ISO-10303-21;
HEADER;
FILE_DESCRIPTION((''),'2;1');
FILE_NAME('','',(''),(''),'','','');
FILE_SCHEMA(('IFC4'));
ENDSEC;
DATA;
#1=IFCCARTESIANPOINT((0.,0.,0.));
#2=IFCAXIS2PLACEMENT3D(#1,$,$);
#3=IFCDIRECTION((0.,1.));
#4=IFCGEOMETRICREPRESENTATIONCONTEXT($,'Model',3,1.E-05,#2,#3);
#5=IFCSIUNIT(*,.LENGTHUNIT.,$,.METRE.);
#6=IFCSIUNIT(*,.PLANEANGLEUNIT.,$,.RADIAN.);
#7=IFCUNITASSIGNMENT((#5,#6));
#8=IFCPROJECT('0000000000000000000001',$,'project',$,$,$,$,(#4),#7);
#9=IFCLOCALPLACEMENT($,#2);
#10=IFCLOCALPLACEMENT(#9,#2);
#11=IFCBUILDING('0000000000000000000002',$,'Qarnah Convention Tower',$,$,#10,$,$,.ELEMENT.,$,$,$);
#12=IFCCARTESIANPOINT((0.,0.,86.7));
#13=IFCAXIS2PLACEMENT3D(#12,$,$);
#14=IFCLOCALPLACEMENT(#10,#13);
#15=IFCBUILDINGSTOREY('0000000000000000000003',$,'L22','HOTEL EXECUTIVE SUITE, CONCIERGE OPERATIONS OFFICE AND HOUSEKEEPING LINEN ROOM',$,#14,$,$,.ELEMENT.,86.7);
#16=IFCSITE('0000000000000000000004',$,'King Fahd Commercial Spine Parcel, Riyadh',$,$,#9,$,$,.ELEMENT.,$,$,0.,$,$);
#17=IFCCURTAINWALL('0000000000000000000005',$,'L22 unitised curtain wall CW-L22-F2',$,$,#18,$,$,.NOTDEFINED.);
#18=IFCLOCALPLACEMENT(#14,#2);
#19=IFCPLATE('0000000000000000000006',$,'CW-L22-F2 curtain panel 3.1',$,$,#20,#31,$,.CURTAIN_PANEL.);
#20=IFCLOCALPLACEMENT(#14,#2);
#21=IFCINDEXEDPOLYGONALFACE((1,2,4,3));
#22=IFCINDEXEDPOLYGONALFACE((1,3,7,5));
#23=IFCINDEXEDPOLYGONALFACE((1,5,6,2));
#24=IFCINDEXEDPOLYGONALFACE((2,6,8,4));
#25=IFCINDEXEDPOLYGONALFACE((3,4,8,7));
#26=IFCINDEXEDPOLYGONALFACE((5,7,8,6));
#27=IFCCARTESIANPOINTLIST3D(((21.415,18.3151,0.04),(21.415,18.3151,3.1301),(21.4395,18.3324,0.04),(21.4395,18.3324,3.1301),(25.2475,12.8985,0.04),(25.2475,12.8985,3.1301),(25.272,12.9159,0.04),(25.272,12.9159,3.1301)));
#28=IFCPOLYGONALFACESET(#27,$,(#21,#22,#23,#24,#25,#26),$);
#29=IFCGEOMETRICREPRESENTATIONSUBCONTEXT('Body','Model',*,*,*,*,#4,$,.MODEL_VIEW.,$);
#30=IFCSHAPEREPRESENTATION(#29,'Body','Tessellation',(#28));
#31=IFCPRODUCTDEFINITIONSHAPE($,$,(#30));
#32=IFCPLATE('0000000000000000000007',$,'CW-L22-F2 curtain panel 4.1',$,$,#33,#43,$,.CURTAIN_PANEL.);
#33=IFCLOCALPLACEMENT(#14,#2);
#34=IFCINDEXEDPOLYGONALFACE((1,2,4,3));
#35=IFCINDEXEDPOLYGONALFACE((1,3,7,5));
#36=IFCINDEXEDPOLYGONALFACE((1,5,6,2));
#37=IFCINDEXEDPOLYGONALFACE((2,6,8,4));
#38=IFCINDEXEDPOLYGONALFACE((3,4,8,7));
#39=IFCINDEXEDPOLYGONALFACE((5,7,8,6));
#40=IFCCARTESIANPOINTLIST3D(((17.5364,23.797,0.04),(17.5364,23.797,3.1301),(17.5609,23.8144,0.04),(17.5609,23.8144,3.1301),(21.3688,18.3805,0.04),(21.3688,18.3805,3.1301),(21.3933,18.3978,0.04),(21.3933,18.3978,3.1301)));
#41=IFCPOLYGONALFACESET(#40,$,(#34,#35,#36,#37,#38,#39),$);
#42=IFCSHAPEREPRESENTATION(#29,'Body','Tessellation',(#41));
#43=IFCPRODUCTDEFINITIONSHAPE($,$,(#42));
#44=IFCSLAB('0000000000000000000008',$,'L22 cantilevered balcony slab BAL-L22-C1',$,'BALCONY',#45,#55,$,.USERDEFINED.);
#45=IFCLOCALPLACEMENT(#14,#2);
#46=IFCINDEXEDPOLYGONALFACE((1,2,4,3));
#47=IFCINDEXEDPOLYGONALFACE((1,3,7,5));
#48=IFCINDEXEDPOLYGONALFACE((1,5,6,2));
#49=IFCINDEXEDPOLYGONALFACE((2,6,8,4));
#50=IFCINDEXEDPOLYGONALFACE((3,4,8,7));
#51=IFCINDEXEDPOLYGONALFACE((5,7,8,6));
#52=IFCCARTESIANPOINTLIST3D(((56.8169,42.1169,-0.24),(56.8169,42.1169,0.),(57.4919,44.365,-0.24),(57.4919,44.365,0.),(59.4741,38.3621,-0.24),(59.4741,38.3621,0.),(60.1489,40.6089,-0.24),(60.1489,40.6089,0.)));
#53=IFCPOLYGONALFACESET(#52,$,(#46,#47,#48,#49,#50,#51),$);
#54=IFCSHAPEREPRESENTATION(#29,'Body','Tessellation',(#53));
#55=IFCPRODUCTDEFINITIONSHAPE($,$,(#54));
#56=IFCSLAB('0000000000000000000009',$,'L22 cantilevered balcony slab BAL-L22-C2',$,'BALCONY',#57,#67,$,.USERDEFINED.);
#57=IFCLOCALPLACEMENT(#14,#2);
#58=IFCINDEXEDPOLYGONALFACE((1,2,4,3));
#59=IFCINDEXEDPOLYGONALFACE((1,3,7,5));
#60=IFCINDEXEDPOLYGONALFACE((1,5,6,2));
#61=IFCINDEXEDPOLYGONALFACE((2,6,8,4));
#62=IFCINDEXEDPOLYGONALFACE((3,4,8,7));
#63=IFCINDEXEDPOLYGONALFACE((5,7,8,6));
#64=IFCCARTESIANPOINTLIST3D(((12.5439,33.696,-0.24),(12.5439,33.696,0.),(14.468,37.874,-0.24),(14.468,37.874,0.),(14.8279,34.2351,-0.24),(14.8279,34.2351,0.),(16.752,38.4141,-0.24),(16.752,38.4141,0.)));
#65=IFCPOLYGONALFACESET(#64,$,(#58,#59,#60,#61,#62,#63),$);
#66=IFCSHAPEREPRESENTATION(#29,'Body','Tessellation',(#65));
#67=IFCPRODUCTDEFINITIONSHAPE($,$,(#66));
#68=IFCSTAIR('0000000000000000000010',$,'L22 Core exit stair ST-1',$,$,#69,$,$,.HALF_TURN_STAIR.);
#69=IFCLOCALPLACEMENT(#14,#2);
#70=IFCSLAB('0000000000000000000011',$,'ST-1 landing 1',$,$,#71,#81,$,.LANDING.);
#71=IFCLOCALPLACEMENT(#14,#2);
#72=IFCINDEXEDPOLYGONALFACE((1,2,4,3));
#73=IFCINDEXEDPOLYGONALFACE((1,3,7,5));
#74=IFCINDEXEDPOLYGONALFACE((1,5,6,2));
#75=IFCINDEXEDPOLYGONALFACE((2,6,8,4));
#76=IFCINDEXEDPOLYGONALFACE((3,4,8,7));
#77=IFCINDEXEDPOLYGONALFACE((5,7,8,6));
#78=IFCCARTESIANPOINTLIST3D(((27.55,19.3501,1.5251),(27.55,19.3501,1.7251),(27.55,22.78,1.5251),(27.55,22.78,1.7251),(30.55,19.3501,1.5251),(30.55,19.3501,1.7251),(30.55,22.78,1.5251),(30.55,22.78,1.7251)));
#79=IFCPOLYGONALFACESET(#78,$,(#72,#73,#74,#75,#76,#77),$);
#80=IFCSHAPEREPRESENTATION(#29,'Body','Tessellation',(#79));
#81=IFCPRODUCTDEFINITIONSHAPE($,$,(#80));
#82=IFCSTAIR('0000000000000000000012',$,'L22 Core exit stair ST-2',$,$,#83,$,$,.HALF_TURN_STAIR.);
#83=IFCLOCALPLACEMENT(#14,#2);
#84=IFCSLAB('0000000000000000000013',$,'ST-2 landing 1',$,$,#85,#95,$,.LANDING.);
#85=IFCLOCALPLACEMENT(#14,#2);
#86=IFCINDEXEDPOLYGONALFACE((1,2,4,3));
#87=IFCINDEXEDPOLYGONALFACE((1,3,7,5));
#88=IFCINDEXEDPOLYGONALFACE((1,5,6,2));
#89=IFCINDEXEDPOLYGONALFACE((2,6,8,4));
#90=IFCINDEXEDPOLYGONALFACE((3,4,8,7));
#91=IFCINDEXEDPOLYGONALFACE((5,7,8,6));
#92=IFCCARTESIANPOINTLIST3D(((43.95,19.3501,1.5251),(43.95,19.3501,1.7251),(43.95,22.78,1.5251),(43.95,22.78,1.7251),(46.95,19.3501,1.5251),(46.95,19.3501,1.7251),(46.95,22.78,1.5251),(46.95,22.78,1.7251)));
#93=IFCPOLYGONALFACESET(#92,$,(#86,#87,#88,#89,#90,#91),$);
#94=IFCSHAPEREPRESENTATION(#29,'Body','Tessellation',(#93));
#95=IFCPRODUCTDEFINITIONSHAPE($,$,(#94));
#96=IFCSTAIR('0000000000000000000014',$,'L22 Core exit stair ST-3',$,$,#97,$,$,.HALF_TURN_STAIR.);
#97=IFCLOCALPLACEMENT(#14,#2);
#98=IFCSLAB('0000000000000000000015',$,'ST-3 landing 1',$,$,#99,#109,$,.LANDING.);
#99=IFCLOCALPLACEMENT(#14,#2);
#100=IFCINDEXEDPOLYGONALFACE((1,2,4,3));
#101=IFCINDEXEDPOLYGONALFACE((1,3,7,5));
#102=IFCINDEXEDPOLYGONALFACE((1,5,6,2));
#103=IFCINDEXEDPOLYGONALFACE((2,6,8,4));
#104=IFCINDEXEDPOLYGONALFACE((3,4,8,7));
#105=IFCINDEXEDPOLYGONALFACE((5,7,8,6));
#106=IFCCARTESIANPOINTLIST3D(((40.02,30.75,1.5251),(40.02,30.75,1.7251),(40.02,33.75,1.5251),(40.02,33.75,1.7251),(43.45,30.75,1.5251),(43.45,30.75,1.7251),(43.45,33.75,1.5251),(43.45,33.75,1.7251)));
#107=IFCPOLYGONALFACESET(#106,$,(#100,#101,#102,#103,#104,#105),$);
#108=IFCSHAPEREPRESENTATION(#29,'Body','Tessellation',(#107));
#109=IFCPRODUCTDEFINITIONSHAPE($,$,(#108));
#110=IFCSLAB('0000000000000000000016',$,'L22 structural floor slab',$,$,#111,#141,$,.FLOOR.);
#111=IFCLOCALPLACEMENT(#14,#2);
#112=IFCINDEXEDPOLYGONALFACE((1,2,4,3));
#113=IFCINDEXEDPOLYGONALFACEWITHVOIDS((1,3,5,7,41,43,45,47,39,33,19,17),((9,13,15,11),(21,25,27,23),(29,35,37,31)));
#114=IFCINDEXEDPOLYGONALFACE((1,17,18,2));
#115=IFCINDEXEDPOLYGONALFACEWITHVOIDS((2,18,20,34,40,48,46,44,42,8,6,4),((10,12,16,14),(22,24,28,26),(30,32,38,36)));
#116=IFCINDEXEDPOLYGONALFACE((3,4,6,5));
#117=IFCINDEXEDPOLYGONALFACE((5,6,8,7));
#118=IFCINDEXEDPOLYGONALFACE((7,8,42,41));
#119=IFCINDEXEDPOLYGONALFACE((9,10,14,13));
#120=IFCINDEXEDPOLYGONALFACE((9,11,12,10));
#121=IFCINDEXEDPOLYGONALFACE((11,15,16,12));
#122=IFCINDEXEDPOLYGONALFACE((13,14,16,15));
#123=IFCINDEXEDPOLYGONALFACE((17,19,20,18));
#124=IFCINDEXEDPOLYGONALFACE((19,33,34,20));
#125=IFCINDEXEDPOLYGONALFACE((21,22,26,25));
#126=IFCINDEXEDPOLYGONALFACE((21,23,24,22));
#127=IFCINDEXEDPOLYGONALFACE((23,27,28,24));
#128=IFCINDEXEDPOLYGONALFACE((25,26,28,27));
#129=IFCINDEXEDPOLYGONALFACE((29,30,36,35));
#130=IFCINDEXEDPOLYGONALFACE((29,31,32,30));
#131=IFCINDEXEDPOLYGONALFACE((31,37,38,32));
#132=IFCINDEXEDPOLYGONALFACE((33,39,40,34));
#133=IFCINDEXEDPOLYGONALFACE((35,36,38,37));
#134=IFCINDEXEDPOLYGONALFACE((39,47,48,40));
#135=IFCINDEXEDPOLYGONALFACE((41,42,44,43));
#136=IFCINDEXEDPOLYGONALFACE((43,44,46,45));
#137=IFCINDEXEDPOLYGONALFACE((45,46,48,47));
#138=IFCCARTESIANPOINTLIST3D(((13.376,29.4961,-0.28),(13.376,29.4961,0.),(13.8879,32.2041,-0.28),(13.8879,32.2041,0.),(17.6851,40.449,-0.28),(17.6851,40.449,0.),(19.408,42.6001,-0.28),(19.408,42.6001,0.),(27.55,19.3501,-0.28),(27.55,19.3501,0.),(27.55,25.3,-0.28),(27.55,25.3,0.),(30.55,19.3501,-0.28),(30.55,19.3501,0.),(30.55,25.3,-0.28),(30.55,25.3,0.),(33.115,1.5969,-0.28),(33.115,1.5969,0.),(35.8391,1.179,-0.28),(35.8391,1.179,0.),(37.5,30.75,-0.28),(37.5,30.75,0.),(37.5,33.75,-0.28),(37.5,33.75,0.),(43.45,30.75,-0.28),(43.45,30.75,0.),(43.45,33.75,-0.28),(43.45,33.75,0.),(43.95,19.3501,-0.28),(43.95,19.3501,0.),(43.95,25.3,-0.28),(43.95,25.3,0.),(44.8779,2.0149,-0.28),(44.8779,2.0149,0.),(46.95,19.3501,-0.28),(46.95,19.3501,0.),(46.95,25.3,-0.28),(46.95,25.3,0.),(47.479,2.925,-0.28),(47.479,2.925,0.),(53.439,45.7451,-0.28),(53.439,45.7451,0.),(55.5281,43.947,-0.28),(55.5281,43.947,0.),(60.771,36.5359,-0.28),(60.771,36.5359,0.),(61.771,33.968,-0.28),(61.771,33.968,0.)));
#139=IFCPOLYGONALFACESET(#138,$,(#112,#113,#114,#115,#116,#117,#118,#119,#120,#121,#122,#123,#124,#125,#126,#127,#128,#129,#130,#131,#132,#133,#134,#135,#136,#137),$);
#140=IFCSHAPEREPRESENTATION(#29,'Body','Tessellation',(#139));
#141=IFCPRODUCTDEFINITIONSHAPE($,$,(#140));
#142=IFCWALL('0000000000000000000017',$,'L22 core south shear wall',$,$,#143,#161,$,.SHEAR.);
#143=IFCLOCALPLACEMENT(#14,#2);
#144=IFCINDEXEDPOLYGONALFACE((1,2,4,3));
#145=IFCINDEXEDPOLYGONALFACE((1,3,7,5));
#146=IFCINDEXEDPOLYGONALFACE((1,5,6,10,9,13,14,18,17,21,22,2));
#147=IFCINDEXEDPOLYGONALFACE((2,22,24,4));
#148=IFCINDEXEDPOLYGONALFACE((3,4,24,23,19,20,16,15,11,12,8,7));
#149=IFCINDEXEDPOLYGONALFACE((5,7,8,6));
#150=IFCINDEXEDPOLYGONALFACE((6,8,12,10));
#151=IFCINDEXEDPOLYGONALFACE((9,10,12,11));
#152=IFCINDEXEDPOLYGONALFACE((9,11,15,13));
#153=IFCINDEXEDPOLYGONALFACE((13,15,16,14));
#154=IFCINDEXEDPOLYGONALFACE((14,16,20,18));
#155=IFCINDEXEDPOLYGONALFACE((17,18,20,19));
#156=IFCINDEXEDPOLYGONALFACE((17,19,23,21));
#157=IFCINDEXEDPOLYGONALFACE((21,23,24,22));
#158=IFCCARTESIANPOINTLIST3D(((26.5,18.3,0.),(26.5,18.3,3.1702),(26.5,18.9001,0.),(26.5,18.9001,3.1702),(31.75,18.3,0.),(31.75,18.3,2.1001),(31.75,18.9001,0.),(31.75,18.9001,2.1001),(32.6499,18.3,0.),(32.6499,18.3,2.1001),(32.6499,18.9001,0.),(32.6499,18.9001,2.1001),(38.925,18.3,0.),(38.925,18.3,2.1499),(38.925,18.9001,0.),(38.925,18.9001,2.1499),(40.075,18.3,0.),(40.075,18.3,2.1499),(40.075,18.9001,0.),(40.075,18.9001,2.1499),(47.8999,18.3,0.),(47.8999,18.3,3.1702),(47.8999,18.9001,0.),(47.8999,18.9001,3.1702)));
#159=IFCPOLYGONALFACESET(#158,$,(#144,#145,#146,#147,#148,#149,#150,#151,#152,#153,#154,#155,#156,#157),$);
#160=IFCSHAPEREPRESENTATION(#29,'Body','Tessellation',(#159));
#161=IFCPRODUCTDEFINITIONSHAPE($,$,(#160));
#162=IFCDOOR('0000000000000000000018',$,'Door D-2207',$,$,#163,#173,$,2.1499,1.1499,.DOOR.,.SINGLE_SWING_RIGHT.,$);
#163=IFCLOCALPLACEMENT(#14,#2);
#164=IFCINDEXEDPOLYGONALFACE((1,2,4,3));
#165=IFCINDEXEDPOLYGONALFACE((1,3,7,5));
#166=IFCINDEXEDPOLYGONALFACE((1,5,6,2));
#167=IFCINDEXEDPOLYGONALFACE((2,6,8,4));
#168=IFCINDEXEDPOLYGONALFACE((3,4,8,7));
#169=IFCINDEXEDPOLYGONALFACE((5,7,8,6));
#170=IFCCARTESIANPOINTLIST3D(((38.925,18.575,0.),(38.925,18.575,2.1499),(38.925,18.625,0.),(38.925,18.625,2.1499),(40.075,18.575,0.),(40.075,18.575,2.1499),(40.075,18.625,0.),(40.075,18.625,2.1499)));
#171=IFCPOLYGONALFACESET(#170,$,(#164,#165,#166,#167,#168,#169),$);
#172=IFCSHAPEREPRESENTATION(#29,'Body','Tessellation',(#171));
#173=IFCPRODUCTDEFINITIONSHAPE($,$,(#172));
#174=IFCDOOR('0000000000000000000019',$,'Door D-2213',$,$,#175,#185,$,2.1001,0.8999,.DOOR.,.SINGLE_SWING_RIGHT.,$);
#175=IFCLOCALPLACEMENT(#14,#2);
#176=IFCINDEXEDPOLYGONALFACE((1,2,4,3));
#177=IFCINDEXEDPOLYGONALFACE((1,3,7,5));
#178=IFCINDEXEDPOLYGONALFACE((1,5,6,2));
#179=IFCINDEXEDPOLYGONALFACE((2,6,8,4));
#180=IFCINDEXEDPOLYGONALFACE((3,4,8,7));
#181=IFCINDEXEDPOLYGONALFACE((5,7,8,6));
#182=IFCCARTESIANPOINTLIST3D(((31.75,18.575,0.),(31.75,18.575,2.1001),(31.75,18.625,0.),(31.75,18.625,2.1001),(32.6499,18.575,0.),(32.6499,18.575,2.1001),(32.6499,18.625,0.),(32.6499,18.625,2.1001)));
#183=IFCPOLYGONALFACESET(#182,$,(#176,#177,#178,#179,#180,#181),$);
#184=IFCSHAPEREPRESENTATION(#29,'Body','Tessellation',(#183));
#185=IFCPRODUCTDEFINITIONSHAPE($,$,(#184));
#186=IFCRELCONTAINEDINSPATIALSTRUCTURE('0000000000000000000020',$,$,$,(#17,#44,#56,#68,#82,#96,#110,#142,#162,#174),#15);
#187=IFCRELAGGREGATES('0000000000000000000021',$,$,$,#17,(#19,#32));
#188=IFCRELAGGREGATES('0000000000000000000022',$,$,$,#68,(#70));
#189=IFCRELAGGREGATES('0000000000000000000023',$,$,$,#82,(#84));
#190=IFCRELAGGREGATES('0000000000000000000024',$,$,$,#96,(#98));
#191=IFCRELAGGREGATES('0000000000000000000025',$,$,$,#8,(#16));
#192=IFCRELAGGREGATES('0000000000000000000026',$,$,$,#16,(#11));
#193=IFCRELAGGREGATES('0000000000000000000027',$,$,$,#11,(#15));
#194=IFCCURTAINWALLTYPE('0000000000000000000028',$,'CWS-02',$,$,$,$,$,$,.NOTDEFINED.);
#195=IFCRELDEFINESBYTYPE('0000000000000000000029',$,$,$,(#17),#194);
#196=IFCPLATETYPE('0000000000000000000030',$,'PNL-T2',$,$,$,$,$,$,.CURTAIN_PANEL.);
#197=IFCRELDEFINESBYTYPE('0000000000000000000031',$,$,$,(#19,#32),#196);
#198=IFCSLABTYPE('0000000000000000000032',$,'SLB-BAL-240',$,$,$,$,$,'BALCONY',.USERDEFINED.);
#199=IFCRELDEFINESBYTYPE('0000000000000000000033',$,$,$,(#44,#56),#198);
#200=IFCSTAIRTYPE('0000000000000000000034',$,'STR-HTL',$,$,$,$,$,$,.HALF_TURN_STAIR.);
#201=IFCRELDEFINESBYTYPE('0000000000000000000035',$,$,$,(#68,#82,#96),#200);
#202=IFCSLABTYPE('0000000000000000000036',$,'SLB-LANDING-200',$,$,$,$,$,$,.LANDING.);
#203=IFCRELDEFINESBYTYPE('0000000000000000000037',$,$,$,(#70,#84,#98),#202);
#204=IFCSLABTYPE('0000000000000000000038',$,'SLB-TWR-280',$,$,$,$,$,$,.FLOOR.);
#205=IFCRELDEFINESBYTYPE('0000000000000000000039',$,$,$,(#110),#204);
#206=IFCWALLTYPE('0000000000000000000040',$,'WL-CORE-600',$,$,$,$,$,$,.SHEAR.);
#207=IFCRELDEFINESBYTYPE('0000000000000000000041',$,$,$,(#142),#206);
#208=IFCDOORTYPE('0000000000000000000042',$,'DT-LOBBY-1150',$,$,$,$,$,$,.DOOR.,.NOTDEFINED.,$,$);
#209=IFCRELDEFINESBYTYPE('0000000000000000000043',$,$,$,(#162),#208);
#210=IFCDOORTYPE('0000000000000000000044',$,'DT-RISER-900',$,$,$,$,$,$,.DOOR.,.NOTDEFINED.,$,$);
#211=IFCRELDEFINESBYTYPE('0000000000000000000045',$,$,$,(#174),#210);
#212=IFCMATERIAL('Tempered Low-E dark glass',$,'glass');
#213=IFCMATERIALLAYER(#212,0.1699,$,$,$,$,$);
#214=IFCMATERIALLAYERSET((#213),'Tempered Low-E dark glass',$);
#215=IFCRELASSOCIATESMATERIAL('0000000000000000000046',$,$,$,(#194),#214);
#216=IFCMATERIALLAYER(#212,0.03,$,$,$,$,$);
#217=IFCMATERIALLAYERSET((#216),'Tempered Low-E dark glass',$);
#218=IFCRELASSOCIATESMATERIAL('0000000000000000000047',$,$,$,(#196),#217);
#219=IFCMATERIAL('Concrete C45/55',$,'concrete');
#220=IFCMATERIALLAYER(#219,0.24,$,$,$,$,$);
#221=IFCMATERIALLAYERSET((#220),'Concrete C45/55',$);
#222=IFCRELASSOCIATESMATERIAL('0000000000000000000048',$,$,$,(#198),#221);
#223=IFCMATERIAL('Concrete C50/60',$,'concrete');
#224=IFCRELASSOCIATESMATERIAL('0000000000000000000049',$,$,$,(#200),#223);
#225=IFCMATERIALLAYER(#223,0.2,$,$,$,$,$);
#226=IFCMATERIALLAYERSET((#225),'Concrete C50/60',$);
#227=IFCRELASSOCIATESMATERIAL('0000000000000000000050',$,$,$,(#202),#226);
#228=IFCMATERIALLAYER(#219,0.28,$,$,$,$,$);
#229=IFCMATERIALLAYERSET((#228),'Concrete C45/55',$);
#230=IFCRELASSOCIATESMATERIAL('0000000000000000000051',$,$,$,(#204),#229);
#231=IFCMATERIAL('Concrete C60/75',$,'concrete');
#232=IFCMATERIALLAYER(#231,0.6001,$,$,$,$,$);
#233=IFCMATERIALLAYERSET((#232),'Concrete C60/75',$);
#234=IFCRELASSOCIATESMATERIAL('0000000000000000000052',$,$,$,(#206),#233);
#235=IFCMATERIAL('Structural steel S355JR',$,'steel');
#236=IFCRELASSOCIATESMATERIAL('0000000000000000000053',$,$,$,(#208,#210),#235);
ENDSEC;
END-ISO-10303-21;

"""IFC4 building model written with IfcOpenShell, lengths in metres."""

from ifc_helpers import new_model, si_unit, direction, frame, frame_2d, origin, origin_2d, place, context, subcontext, project, spatial, polyline, rectangle, outline, extrude, material, layer, layer_set, type_object, element, fill, aggregate, save


model = new_model("IFC4")

# Units and contexts
model_context = context("Model", 3, precision=1e-05, world=origin(), true_north=direction((0.0, 1.0)))
body_context = subcontext(model_context, "Body", "Model", "MODEL_VIEW")
ifc_project = project(units=[si_unit("LENGTHUNIT", "METRE"), si_unit("PLANEANGLEUNIT", "RADIAN")], contexts=[model_context])

# Site, building, storey
site_placement = place(None, origin())
site = spatial("IfcSite", under=ifc_project, at=site_placement, Name="King Fahd Commercial Spine Parcel, Riyadh", CompositionType="ELEMENT", RefElevation=0.0)
building_placement = place(site_placement, origin())
building = spatial("IfcBuilding", under=site, at=building_placement, Name="Qarnah Convention Tower", CompositionType="ELEMENT")
storey_placement = place(building_placement, frame((0.0, 0.0, 86.7)))
storey = spatial("IfcBuildingStorey", under=building, at=storey_placement, Name="L22", Description="HOTEL EXECUTIVE SUITE, CONCIERGE OPERATIONS OFFICE AND HOUSEKEEPING LINEN ROOM", CompositionType="ELEMENT", Elevation=86.7)

# Shared definitions
ifc_material_1 = material(Name="Concrete C60/75", Category="concrete")

# Shared definitions
ifc_material_2 = material(Name="Structural steel S355JR", Category="steel")

# Curtain wall, plates
ifc_material_3 = material(Name="Tempered Low-E dark glass", Category="glass")
ifc_layer_1 = layer(ifc_material_3, 0.1699)
ifc_layer_set_1 = layer_set([ifc_layer_1], Name="Tempered Low-E dark glass")
curtain_wall_type = type_object("IfcCurtainWallType", Name="CWS-02", PredefinedType="NOTDEFINED", material=ifc_layer_set_1)
curtain_wall_placement = place(storey_placement, origin())
curtain_wall = element("IfcCurtainWall", 1, at=curtain_wall_placement, inside=storey, type_object=curtain_wall_type, Name="L22 unitised curtain wall CW-L22-F2", PredefinedType="NOTDEFINED")
ifc_layer_2 = layer(ifc_material_3, 0.03)
ifc_layer_set_2 = layer_set([ifc_layer_2], Name="Tempered Low-E dark glass")
plate_type = type_object("IfcPlateType", Name="PNL-T2", PredefinedType="CURTAIN_PANEL", material=ifc_layer_set_2)
plate_1_placement = place(storey_placement, frame((23.3435, 15.6155, 0.04), z_axis=(0.0, 0.0, 1.0), x_axis=(-0.577587, 0.816329, 0.0)))
plate_1 = element("IfcPlate", 2, at=plate_1_placement, type_object=plate_type, Name="CW-L22-F2 curtain panel 3.1", PredefinedType="CURTAIN_PANEL", context=body_context, shape_type="SweptSolid", body=[
    extrude(rectangle(XDim=6.6353, YDim=0.03, at=origin_2d()), origin(), (0.0, 0.0, 1.0), 3.0901),
])
plate_2_placement = place(storey_placement, frame((19.4648, 21.0974, 0.04), z_axis=(0.0, 0.0, 1.0), x_axis=(-0.577587, 0.816329, 0.0)))
plate_2 = element("IfcPlate", 3, at=plate_2_placement, type_object=plate_type, Name="CW-L22-F2 curtain panel 4.1", PredefinedType="CURTAIN_PANEL", context=body_context, shape_type="SweptSolid", body=[
    extrude(rectangle(XDim=6.6353, YDim=0.03, at=origin_2d()), origin(), (0.0, 0.0, 1.0), 3.0901),
])
aggregate(curtain_wall, [plate_1, plate_2])

# Slabs
ifc_material_4 = material(Name="Concrete C45/55", Category="concrete")
ifc_layer_3 = layer(ifc_material_4, 0.24)
ifc_layer_set_3 = layer_set([ifc_layer_3], Name="Concrete C45/55")
slab_type_1 = type_object("IfcSlabType", Name="SLB-BAL-240", ElementType="BALCONY", PredefinedType="USERDEFINED", material=ifc_layer_set_3)
slab_1_placement = place(storey_placement, frame((0.0, 0.0, -0.24)))
element("IfcSlab", 4, at=slab_1_placement, inside=storey, type_object=slab_type_1, Name="L22 cantilevered balcony slab BAL-L22-C1", ObjectType="BALCONY", PredefinedType="USERDEFINED", context=body_context, shape_type="SweptSolid", body=[
    extrude(outline(polyline([(57.4919, 44.365), (60.1489, 40.6089), (59.4741, 38.3621), (56.8169, 42.1169), (57.4919, 44.365)])), origin(), (0.0, 0.0, 1.0), 0.24),
])
slab_2_placement = place(storey_placement, frame((0.0, 0.0, -0.24)))
element("IfcSlab", 5, at=slab_2_placement, inside=storey, type_object=slab_type_1, Name="L22 cantilevered balcony slab BAL-L22-C2", ObjectType="BALCONY", PredefinedType="USERDEFINED", context=body_context, shape_type="SweptSolid", body=[
    extrude(outline(polyline([(12.5439, 33.696), (14.468, 37.874), (16.752, 38.4141), (14.8279, 34.2351), (12.5439, 33.696)])), origin(), (0.0, 0.0, 1.0), 0.24),
])

# Stairs, slabs
ifc_material_5 = material(Name="Concrete C50/60", Category="concrete")
stair_type = type_object("IfcStairType", Name="STR-HTL", PredefinedType="HALF_TURN_STAIR", material=ifc_material_5)
stair_1_placement = place(storey_placement, origin())
stair_1 = element("IfcStair", 6, at=stair_1_placement, inside=storey, type_object=stair_type, Name="L22 Core exit stair ST-1", PredefinedType="HALF_TURN_STAIR")
ifc_layer_4 = layer(ifc_material_5, 0.2)
ifc_layer_set_4 = layer_set([ifc_layer_4], Name="Concrete C50/60")
slab_type_2 = type_object("IfcSlabType", Name="SLB-LANDING-200", PredefinedType="LANDING", material=ifc_layer_set_4)
slab_3_placement = place(storey_placement, frame((0.0, 0.0, 1.5251)))
slab_3 = element("IfcSlab", 7, at=slab_3_placement, type_object=slab_type_2, Name="ST-1 landing 1", PredefinedType="LANDING", context=body_context, shape_type="SweptSolid", body=[
    extrude(outline(polyline([(27.55, 22.78), (27.55, 19.3501), (30.55, 19.3501), (30.55, 22.78), (27.55, 22.78)])), origin(), (0.0, 0.0, 1.0), 0.2),
])
aggregate(stair_1, [slab_3])
stair_2_placement = place(storey_placement, origin())
stair_2 = element("IfcStair", 8, at=stair_2_placement, inside=storey, type_object=stair_type, Name="L22 Core exit stair ST-2", PredefinedType="HALF_TURN_STAIR")
slab_4_placement = place(storey_placement, frame((0.0, 0.0, 1.5251)))
slab_4 = element("IfcSlab", 9, at=slab_4_placement, type_object=slab_type_2, Name="ST-2 landing 1", PredefinedType="LANDING", context=body_context, shape_type="SweptSolid", body=[
    extrude(outline(polyline([(43.95, 22.78), (43.95, 19.3501), (46.95, 19.3501), (46.95, 22.78), (43.95, 22.78)])), origin(), (0.0, 0.0, 1.0), 0.2),
])
aggregate(stair_2, [slab_4])
stair_3_placement = place(storey_placement, origin())
stair_3 = element("IfcStair", 10, at=stair_3_placement, inside=storey, type_object=stair_type, Name="L22 Core exit stair ST-3", PredefinedType="HALF_TURN_STAIR")
slab_5_placement = place(storey_placement, frame((0.0, 0.0, 1.5251)))
slab_5 = element("IfcSlab", 11, at=slab_5_placement, type_object=slab_type_2, Name="ST-3 landing 1", PredefinedType="LANDING", context=body_context, shape_type="SweptSolid", body=[
    extrude(outline(polyline([(40.02, 30.75), (43.45, 30.75), (43.45, 33.75), (40.02, 33.75), (40.02, 30.75)])), origin(), (0.0, 0.0, 1.0), 0.2),
])
aggregate(stair_3, [slab_5])

# Slab
ifc_layer_5 = layer(ifc_material_4, 0.28)
ifc_layer_set_5 = layer_set([ifc_layer_5], Name="Concrete C45/55")
slab_type_3 = type_object("IfcSlabType", Name="SLB-TWR-280", PredefinedType="FLOOR", material=ifc_layer_set_5)
slab_6_placement = place(storey_placement, frame((0.0, 0.0, -0.28)))
element("IfcSlab", 12, at=slab_6_placement, inside=storey, type_object=slab_type_3, Name="L22 structural floor slab", PredefinedType="FLOOR", context=body_context, shape_type="SweptSolid", body=[
    extrude(outline(polyline([(53.439, 45.7451), (19.408, 42.6001), (17.6851, 40.449), (13.8879, 32.2041), (13.376, 29.4961), (33.115, 1.5969), (35.8391, 1.179), (44.8779, 2.0149), (47.479, 2.925), (61.771, 33.968), (60.771, 36.5359), (55.5281, 43.947), (53.439, 45.7451)]), holes=[polyline([(27.55, 25.3), (27.55, 19.3501), (30.55, 19.3501), (30.55, 25.3), (27.55, 25.3)]), polyline([(43.95, 25.3), (43.95, 19.3501), (46.95, 19.3501), (46.95, 25.3), (43.95, 25.3)]), polyline([(37.5, 30.75), (43.45, 30.75), (43.45, 33.75), (37.5, 33.75), (37.5, 30.75)])]), origin(), (0.0, 0.0, 1.0), 0.28),
])

# Wall, openings, doors
ifc_layer_6 = layer(ifc_material_1, 0.6001)
ifc_layer_set_6 = layer_set([ifc_layer_6], Name="Concrete C60/75")
wall_type_1 = type_object("IfcWallType", Name="WL-CORE-600", PredefinedType="SHEAR", material=ifc_layer_set_6)
wall_1_placement = place(storey_placement, frame((26.5, 18.6001, 0.0), z_axis=(0.0, 0.0, 1.0), x_axis=(1.0, 0.0, 0.0)))
wall_1 = element("IfcWall", 13, at=wall_1_placement, inside=storey, type_object=wall_type_1, Name="L22 core south shear wall", PredefinedType="SHEAR", context=body_context, shape_type="SweptSolid", body=[
    extrude(rectangle(XDim=21.3999, YDim=0.6001, at=frame_2d((10.7, 0.0))), origin(), (0.0, 0.0, 1.0), 3.1702),
])
opening_1_placement = place(wall_1_placement, frame((12.425, 0.0, 0.0)))
opening_1 = element("IfcOpeningElement", 14, at=opening_1_placement, cuts=wall_1, PredefinedType="OPENING", context=body_context, shape_type="SweptSolid", body=[
    extrude(rectangle(XDim=1.1499, YDim=2.1499, at=frame_2d((0.575, 1.075))), frame((0.0, 0.3101, 0.0), z_axis=(0.0, -1.0, 0.0), x_axis=(1.0, 0.0, 0.0)), (0.0, 0.0, 1.0), 0.6201),
])
opening_2_placement = place(wall_1_placement, frame((5.25, 0.0, 0.0)))
opening_2 = element("IfcOpeningElement", 15, at=opening_2_placement, cuts=wall_1, PredefinedType="OPENING", context=body_context, shape_type="SweptSolid", body=[
    extrude(rectangle(XDim=0.8999, YDim=2.1001, at=frame_2d((0.45, 1.05))), frame((0.0, 0.3101, 0.0), z_axis=(0.0, -1.0, 0.0), x_axis=(1.0, 0.0, 0.0)), (0.0, 0.0, 1.0), 0.6201),
])
door_type_1 = type_object("IfcDoorType", Name="DT-LOBBY-1150", OperationType="NOTDEFINED", PredefinedType="DOOR", material=ifc_material_2)
door_1_placement = place(opening_1_placement, origin())
door_1 = element("IfcDoor", 16, at=door_1_placement, inside=storey, type_object=door_type_1, Name="Door D-2207", OperationType="SINGLE_SWING_RIGHT", OverallHeight=2.1499, OverallWidth=1.1499, PredefinedType="DOOR", context=body_context, shape_type="SweptSolid", body=[
    extrude(rectangle(XDim=1.1499, YDim=2.1499, at=frame_2d((0.575, 1.075))), frame((0.0, 0.0249, 0.0), z_axis=(0.0, -1.0, 0.0), x_axis=(1.0, 0.0, 0.0)), (0.0, 0.0, 1.0), 0.05),
])
fill(opening_1, door_1)
door_type_2 = type_object("IfcDoorType", Name="DT-RISER-900", OperationType="NOTDEFINED", PredefinedType="DOOR", material=ifc_material_2)
door_2_placement = place(opening_2_placement, origin())
door_2 = element("IfcDoor", 17, at=door_2_placement, inside=storey, type_object=door_type_2, Name="Door D-2213", OperationType="SINGLE_SWING_RIGHT", OverallHeight=2.1001, OverallWidth=0.8999, PredefinedType="DOOR", context=body_context, shape_type="SweptSolid", body=[
    extrude(rectangle(XDim=0.8999, YDim=2.1001, at=frame_2d((0.45, 1.05))), frame((0.0, 0.0249, 0.0), z_axis=(0.0, -1.0, 0.0), x_axis=(1.0, 0.0, 0.0)), (0.0, 0.0, 1.0), 0.05),
])
fill(opening_2, door_2)

save(model, "model.ifc")
